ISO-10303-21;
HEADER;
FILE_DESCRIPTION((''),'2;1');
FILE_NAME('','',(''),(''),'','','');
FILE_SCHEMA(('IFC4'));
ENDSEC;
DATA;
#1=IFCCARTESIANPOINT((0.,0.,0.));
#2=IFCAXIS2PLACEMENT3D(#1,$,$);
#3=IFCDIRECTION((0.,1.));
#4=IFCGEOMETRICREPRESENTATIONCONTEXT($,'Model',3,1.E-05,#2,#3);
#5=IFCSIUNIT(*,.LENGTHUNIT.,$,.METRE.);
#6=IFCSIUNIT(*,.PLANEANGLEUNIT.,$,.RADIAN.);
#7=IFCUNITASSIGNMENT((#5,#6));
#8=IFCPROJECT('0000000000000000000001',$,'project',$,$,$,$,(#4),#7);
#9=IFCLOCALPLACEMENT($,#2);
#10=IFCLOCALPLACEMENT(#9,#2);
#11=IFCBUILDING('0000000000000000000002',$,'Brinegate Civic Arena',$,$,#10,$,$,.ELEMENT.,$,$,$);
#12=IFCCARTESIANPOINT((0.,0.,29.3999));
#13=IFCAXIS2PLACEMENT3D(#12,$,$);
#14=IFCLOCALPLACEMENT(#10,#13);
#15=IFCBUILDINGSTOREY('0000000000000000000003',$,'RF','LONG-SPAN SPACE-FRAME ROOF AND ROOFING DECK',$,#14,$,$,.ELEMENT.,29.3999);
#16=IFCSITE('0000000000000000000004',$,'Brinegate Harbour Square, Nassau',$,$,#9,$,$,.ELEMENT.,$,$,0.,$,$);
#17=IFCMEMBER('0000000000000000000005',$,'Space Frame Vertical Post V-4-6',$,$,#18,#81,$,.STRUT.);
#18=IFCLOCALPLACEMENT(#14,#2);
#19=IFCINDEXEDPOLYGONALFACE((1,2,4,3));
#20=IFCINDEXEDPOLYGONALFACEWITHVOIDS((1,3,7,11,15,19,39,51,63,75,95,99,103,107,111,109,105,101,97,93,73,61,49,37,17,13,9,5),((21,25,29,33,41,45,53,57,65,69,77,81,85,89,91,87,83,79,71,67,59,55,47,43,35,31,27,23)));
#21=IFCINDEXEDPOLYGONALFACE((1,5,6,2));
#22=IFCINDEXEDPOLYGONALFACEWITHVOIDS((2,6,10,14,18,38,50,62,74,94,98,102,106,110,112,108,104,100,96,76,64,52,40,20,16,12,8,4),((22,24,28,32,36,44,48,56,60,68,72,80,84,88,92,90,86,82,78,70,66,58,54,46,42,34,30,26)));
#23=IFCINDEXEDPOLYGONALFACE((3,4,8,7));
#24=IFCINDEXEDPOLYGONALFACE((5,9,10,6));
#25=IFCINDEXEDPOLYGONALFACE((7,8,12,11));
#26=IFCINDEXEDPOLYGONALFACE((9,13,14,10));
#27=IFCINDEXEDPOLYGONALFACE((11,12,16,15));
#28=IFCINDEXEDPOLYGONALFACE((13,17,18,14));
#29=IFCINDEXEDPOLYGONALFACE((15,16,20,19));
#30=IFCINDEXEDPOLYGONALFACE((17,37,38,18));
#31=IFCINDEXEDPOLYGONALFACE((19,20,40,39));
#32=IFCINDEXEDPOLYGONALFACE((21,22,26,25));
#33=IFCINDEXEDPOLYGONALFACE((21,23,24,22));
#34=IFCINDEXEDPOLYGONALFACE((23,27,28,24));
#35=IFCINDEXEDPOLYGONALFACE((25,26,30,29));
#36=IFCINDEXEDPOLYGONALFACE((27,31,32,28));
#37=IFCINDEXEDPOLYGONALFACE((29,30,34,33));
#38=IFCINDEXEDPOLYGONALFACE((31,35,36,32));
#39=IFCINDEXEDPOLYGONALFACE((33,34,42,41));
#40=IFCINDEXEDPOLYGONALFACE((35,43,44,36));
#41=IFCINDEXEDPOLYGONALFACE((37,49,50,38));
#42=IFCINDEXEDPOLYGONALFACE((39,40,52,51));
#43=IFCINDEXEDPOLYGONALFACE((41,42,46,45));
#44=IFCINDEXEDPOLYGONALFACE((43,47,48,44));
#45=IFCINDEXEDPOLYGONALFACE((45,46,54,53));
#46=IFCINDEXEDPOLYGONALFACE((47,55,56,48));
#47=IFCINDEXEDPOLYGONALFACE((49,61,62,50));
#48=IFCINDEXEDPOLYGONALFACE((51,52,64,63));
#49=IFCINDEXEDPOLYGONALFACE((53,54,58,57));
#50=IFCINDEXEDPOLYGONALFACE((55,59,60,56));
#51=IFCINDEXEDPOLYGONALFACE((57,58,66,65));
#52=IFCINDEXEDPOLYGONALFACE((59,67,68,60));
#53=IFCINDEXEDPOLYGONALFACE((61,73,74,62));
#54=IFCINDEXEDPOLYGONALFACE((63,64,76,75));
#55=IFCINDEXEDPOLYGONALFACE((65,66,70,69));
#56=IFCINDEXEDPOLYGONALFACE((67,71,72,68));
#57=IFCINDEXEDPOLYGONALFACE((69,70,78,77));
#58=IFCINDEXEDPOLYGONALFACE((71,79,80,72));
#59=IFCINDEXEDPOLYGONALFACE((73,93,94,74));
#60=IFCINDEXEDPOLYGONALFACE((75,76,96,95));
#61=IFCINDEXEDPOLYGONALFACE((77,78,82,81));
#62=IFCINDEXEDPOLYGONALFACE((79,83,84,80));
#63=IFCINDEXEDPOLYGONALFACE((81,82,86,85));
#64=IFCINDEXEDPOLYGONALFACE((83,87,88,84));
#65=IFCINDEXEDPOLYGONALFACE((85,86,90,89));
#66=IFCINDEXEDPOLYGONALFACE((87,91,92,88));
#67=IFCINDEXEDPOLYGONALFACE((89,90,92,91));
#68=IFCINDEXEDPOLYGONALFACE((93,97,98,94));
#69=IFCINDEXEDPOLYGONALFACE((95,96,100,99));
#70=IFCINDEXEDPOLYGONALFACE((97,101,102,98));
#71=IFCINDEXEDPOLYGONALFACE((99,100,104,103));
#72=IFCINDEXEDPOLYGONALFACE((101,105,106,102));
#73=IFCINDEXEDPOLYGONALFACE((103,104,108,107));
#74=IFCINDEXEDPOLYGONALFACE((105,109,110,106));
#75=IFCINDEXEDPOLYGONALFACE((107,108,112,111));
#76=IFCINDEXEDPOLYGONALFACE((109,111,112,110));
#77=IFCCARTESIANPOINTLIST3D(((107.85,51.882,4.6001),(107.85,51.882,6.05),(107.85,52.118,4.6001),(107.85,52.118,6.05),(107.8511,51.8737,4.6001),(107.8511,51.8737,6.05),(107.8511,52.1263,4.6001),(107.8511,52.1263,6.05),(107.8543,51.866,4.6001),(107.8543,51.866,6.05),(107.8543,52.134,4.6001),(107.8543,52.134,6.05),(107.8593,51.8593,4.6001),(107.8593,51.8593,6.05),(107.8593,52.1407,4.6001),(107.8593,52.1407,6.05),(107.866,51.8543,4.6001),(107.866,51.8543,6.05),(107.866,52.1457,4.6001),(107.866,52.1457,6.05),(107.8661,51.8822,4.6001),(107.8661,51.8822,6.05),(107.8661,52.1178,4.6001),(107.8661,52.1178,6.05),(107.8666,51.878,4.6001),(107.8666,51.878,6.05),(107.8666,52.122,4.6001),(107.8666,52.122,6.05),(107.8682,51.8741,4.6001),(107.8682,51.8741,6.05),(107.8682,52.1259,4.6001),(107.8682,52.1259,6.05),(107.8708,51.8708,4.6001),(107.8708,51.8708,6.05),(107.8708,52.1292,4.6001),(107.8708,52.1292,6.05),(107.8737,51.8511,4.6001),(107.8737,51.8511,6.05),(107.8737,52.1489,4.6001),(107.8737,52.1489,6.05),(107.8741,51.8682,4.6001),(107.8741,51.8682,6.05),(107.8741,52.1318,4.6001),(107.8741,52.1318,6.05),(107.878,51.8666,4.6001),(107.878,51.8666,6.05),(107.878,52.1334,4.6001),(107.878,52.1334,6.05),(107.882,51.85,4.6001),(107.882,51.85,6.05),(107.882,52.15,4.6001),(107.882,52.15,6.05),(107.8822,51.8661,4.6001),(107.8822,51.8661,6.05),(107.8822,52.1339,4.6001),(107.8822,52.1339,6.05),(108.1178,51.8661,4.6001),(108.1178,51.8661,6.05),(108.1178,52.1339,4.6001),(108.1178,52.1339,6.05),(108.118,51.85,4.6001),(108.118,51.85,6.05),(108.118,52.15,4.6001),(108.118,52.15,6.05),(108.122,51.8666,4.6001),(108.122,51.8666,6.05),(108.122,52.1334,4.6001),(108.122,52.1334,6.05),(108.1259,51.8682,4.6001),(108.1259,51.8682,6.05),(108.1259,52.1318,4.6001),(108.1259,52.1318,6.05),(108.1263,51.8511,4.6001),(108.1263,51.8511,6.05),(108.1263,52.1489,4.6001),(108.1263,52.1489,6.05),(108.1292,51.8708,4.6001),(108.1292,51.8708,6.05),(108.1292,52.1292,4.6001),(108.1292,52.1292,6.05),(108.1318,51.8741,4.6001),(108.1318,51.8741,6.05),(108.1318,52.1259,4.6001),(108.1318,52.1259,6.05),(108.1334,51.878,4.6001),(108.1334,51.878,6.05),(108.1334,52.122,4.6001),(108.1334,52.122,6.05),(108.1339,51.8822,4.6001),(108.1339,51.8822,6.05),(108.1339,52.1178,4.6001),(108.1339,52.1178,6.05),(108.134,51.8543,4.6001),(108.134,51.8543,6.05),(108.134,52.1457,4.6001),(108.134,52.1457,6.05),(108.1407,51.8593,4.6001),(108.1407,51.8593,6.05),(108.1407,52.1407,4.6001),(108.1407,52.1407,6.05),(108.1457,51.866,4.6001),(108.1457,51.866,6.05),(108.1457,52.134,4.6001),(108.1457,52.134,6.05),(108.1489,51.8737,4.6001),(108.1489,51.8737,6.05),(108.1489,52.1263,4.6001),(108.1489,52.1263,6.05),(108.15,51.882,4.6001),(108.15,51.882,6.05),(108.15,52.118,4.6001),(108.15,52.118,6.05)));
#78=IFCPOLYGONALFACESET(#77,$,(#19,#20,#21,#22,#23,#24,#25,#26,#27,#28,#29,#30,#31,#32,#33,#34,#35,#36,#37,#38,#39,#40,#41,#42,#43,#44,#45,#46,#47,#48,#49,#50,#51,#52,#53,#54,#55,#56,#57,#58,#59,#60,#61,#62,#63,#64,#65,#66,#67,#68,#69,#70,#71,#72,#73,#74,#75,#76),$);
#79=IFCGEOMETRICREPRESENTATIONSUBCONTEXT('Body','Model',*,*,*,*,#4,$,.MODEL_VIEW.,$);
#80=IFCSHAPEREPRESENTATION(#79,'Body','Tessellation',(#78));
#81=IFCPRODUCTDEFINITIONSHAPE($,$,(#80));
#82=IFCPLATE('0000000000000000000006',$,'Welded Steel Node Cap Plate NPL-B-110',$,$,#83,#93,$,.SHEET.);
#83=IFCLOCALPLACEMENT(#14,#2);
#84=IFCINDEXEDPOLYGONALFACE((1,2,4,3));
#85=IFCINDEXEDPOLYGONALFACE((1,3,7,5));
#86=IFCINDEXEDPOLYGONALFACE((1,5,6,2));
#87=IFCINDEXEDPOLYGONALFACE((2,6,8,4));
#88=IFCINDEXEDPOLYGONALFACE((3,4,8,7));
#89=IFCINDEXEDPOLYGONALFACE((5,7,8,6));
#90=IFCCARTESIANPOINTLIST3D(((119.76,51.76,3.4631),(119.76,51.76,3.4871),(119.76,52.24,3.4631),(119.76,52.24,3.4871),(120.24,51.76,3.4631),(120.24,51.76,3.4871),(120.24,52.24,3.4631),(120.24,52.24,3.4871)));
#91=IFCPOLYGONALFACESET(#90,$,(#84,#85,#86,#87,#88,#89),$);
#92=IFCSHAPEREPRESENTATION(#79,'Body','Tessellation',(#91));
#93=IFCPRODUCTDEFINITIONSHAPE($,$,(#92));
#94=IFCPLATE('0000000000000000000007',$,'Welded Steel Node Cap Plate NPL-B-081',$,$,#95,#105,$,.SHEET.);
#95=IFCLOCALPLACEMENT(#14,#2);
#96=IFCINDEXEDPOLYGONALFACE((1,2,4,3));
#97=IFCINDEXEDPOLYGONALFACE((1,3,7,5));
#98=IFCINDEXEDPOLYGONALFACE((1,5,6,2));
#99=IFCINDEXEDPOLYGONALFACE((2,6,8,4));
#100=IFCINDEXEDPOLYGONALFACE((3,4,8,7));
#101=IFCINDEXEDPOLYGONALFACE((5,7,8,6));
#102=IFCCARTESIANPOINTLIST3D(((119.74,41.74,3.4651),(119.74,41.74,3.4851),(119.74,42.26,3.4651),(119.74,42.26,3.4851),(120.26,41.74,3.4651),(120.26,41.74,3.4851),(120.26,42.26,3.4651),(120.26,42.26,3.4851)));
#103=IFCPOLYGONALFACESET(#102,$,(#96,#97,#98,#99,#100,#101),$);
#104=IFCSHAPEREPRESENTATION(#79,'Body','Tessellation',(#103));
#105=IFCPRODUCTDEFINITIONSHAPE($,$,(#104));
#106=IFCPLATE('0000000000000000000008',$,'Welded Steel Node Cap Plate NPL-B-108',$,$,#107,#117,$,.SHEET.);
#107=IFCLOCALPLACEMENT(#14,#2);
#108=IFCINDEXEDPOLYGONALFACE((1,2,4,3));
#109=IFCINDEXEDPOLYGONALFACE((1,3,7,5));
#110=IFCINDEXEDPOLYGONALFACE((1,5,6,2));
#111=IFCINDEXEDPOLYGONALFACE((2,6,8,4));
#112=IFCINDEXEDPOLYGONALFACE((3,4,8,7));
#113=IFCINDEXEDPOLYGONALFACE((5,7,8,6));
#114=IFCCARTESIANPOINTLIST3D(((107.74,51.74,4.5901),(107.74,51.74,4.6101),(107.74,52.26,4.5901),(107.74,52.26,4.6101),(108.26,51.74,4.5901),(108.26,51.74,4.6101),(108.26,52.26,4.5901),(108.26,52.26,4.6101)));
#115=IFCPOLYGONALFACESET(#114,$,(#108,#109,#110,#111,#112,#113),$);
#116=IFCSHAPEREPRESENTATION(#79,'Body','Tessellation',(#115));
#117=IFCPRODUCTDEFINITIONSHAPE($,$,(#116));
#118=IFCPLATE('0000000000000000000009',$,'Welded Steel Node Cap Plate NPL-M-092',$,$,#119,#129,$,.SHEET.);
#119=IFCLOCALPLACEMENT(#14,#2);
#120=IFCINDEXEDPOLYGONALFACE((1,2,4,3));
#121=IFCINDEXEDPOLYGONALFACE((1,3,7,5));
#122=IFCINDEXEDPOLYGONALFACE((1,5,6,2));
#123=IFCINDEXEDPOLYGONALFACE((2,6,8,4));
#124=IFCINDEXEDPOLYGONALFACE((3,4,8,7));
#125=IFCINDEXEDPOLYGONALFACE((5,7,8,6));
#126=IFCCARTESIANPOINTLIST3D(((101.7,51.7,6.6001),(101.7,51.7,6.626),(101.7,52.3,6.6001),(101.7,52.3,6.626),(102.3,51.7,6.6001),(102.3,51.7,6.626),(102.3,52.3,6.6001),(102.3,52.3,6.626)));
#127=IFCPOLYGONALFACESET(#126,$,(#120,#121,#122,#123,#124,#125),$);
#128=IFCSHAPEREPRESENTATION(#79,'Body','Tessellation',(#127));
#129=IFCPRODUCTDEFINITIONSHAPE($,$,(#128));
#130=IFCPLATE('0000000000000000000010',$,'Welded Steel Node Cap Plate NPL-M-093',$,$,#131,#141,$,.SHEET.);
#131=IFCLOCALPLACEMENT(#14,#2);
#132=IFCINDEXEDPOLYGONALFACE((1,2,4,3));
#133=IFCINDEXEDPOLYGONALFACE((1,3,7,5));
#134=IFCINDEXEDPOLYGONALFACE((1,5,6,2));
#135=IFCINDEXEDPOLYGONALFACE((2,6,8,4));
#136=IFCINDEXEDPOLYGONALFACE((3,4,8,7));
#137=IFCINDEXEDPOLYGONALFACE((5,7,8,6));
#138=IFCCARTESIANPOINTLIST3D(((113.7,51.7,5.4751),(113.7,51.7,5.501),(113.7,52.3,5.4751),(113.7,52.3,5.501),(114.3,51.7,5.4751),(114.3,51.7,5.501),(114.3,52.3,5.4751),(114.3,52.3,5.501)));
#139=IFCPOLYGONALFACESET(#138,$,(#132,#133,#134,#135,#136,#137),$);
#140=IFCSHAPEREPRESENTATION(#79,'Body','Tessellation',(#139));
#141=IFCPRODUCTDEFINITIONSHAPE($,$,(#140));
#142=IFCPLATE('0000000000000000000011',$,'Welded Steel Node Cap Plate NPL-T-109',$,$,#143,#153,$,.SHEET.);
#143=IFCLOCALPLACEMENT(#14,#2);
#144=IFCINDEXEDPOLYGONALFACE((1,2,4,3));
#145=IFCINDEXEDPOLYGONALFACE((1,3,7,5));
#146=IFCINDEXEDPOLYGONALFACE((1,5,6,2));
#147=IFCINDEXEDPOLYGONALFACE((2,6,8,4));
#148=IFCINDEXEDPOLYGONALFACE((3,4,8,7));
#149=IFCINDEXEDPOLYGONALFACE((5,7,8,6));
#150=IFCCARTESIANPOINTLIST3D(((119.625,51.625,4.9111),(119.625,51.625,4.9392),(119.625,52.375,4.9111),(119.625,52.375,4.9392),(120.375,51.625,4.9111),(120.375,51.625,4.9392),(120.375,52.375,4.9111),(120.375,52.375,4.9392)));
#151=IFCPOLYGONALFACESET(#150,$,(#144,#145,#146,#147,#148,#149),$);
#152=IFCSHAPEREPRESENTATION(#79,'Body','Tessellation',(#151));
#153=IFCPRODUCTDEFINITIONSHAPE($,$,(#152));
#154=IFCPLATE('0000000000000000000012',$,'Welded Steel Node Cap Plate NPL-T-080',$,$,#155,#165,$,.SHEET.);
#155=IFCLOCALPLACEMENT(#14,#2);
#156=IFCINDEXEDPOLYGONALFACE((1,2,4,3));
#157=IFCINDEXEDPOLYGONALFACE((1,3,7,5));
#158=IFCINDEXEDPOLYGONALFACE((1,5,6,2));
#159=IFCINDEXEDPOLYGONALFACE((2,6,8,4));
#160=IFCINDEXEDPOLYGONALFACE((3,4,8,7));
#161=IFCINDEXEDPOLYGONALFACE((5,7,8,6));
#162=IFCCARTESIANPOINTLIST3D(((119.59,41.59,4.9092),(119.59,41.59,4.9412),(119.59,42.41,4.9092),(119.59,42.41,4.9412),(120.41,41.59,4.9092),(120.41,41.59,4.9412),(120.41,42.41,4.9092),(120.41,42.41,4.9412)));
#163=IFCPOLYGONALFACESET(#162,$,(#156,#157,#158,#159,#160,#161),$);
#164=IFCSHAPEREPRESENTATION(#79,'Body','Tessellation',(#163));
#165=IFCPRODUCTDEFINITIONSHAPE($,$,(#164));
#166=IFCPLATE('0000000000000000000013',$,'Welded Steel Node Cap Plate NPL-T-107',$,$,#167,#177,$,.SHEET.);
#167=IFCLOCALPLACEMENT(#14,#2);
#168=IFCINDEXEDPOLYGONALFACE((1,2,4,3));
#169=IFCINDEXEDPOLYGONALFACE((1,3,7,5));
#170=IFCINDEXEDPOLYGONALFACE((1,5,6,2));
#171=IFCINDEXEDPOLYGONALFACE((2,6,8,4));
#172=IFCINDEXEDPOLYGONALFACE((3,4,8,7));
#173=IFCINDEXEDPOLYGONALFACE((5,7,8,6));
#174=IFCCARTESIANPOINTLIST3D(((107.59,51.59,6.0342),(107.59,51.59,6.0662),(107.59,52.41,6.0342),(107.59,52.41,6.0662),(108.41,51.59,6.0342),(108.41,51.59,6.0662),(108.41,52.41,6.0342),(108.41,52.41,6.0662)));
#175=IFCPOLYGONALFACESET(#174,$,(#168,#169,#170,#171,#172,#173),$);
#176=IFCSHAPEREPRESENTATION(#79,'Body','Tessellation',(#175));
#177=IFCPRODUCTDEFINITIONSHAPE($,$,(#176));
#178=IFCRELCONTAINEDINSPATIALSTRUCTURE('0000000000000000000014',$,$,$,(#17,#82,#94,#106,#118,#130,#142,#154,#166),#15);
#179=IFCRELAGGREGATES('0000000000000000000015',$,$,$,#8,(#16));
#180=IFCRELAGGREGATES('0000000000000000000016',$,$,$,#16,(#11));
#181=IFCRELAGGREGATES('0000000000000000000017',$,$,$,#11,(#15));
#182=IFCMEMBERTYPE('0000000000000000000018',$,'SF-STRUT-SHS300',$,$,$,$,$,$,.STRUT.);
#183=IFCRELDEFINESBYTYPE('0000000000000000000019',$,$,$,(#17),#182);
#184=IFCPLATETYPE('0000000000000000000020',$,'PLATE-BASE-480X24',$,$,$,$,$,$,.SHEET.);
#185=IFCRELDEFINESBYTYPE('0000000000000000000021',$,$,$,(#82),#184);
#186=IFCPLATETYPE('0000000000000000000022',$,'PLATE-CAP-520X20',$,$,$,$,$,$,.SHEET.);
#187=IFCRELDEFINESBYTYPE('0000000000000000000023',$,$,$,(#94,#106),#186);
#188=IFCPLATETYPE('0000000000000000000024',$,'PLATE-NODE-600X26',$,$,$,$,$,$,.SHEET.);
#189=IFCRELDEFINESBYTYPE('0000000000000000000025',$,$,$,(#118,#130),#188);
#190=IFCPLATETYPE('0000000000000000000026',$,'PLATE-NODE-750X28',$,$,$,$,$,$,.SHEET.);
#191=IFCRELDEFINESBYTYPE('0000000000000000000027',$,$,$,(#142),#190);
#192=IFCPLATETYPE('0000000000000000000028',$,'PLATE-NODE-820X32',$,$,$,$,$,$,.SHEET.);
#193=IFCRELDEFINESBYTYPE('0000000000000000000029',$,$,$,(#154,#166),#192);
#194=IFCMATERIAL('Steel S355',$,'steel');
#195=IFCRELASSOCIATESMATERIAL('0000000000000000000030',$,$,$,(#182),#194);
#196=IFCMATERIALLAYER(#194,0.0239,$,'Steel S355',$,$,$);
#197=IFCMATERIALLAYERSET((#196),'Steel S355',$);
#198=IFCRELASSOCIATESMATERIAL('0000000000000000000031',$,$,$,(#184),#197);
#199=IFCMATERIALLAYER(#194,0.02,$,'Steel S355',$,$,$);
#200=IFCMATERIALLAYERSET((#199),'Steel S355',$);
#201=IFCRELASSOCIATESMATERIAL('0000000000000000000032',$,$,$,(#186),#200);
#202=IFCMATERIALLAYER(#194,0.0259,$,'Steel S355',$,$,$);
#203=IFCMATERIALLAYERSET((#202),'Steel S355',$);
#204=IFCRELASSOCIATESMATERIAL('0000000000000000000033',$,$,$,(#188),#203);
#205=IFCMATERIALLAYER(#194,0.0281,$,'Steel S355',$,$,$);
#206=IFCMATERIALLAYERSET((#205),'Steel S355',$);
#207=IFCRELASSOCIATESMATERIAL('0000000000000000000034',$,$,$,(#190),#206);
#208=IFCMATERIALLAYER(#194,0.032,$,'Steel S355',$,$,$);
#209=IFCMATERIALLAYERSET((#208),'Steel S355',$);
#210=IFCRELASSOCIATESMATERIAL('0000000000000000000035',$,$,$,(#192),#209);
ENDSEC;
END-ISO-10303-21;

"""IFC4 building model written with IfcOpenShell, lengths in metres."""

from ifc_helpers import new_model, si_unit, direction, frame, origin, origin_2d, place, context, subcontext, project, spatial, rectangle, hollow_rectangle, extrude, material, layer, layer_set, material_profile, profile_set, type_object, element, save


model = new_model("IFC4")

# Units and contexts
model_context = context("Model", 3, precision=1e-05, world=origin(), true_north=direction((0.0, 1.0)))
body_context = subcontext(model_context, "Body", "Model", "MODEL_VIEW")
ifc_project = project(units=[si_unit("LENGTHUNIT", "METRE"), si_unit("PLANEANGLEUNIT", "RADIAN")], contexts=[model_context])

# Site, building, storey
site_placement = place(None, origin())
site = spatial("IfcSite", under=ifc_project, at=site_placement, Name="Brinegate Harbour Square, Nassau", CompositionType="ELEMENT", RefElevation=0.0)
building_placement = place(site_placement, origin())
building = spatial("IfcBuilding", under=site, at=building_placement, Name="Brinegate Civic Arena", CompositionType="ELEMENT")
storey_placement = place(building_placement, frame((0.0, 0.0, 29.3999)))
storey = spatial("IfcBuildingStorey", under=building, at=storey_placement, Name="RF", Description="LONG-SPAN SPACE-FRAME ROOF AND ROOFING DECK", CompositionType="ELEMENT", Elevation=29.3999)

# Member
ifc_material = material(Name="Steel S355", Category="steel")
ifc_material_profile_1 = material_profile(ifc_material, hollow_rectangle(XDim=0.3, YDim=0.3, WallThickness=0.0161, InnerFilletRadius=0.0161, OuterFilletRadius=0.032, at=origin_2d()), Name="SHS300X16")
ifc_profile_set_1 = profile_set([ifc_material_profile_1], Name="Steel S355")
member_type_1 = type_object("IfcMemberType", Name="SF-STRUT-SHS300", PredefinedType="STRUT", material=ifc_profile_set_1)
member_1_placement = place(storey_placement, frame((108.0, 52.0, 4.6001), z_axis=(0.0, 0.0, 1.0), x_axis=(1.0, 0.0, 0.0)))
element("IfcMember", 1, at=member_1_placement, inside=storey, type_object=member_type_1, Name="Space Frame Vertical Post V-4-6", PredefinedType="STRUT", context=body_context, shape_type="SweptSolid", body=[
    extrude(hollow_rectangle(XDim=0.3, YDim=0.3, WallThickness=0.0161, InnerFilletRadius=0.0161, OuterFilletRadius=0.032, at=origin_2d()), origin(), (0.0, 0.0, 1.0), 1.45),
])

# Plates
ifc_layer_1 = layer(ifc_material, 0.0239, Name="Steel S355")
ifc_layer_set_1 = layer_set([ifc_layer_1], Name="Steel S355")
plate_type_1 = type_object("IfcPlateType", Name="PLATE-BASE-480X24", PredefinedType="SHEET", material=ifc_layer_set_1)
plate_1_placement = place(storey_placement, frame((120.0, 52.0, 3.4631), z_axis=(0.0, 0.0, 1.0), x_axis=(1.0, 0.0, 0.0)))
element("IfcPlate", 2, at=plate_1_placement, inside=storey, type_object=plate_type_1, Name="Welded Steel Node Cap Plate NPL-B-110", PredefinedType="SHEET", context=body_context, shape_type="SweptSolid", body=[
    extrude(rectangle(XDim=0.48, YDim=0.48, at=origin_2d()), origin(), (0.0, 0.0, 1.0), 0.0239),
])
ifc_layer_2 = layer(ifc_material, 0.02, Name="Steel S355")
ifc_layer_set_2 = layer_set([ifc_layer_2], Name="Steel S355")
plate_type_2 = type_object("IfcPlateType", Name="PLATE-CAP-520X20", PredefinedType="SHEET", material=ifc_layer_set_2)
for number, where, z_axis, x_axis, name in (
    (3, (120.0, 42.0, 3.4651), (0.0, 0.0, 1.0), (1.0, 0.0, 0.0), "Welded Steel Node Cap Plate NPL-B-081"),
    (4, (108.0, 52.0, 4.5901), (0.0, 0.0, 1.0), (1.0, 0.0, 0.0), "Welded Steel Node Cap Plate NPL-B-108"),
):
    element("IfcPlate", number, at=place(storey_placement, frame(where, z_axis=z_axis, x_axis=x_axis)), inside=storey, type_object=plate_type_2, Name=name, PredefinedType="SHEET", context=body_context, shape_type="SweptSolid", body=[
        extrude(rectangle(XDim=0.52, YDim=0.52, at=origin_2d()), origin(), (0.0, 0.0, 1.0), 0.02),
    ])
ifc_layer_3 = layer(ifc_material, 0.0259, Name="Steel S355")
ifc_layer_set_3 = layer_set([ifc_layer_3], Name="Steel S355")
plate_type_3 = type_object("IfcPlateType", Name="PLATE-NODE-600X26", PredefinedType="SHEET", material=ifc_layer_set_3)
for number, where, z_axis, x_axis, name in (
    (5, (102.0, 52.0, 6.6001), (0.0, 0.0, 1.0), (1.0, 0.0, 0.0), "Welded Steel Node Cap Plate NPL-M-092"),
    (6, (114.0, 52.0, 5.4751), (0.0, 0.0, 1.0), (1.0, 0.0, 0.0), "Welded Steel Node Cap Plate NPL-M-093"),
):
    element("IfcPlate", number, at=place(storey_placement, frame(where, z_axis=z_axis, x_axis=x_axis)), inside=storey, type_object=plate_type_3, Name=name, PredefinedType="SHEET", context=body_context, shape_type="SweptSolid", body=[
        extrude(rectangle(XDim=0.6001, YDim=0.6001, at=origin_2d()), origin(), (0.0, 0.0, 1.0), 0.0259),
    ])
ifc_layer_4 = layer(ifc_material, 0.0281, Name="Steel S355")
ifc_layer_set_4 = layer_set([ifc_layer_4], Name="Steel S355")
plate_type_4 = type_object("IfcPlateType", Name="PLATE-NODE-750X28", PredefinedType="SHEET", material=ifc_layer_set_4)
plate_2_placement = place(storey_placement, frame((120.0, 52.0, 4.9111), z_axis=(0.0, 0.0, 1.0), x_axis=(1.0, 0.0, 0.0)))
element("IfcPlate", 7, at=plate_2_placement, inside=storey, type_object=plate_type_4, Name="Welded Steel Node Cap Plate NPL-T-109", PredefinedType="SHEET", context=body_context, shape_type="SweptSolid", body=[
    extrude(rectangle(XDim=0.75, YDim=0.75, at=origin_2d()), origin(), (0.0, 0.0, 1.0), 0.0281),
])
ifc_layer_5 = layer(ifc_material, 0.032, Name="Steel S355")
ifc_layer_set_5 = layer_set([ifc_layer_5], Name="Steel S355")
plate_type_5 = type_object("IfcPlateType", Name="PLATE-NODE-820X32", PredefinedType="SHEET", material=ifc_layer_set_5)
for number, where, z_axis, x_axis, name in (
    (8, (120.0, 42.0, 4.9092), (0.0, 0.0, 1.0), (1.0, 0.0, 0.0), "Welded Steel Node Cap Plate NPL-T-080"),
    (9, (108.0, 52.0, 6.0342), (0.0, 0.0, 1.0), (1.0, 0.0, 0.0), "Welded Steel Node Cap Plate NPL-T-107"),
):
    element("IfcPlate", number, at=place(storey_placement, frame(where, z_axis=z_axis, x_axis=x_axis)), inside=storey, type_object=plate_type_5, Name=name, PredefinedType="SHEET", context=body_context, shape_type="SweptSolid", body=[
        extrude(rectangle(XDim=0.8201, YDim=0.8201, at=origin_2d()), origin(), (0.0, 0.0, 1.0), 0.032),
    ])

save(model, "model.ifc")
